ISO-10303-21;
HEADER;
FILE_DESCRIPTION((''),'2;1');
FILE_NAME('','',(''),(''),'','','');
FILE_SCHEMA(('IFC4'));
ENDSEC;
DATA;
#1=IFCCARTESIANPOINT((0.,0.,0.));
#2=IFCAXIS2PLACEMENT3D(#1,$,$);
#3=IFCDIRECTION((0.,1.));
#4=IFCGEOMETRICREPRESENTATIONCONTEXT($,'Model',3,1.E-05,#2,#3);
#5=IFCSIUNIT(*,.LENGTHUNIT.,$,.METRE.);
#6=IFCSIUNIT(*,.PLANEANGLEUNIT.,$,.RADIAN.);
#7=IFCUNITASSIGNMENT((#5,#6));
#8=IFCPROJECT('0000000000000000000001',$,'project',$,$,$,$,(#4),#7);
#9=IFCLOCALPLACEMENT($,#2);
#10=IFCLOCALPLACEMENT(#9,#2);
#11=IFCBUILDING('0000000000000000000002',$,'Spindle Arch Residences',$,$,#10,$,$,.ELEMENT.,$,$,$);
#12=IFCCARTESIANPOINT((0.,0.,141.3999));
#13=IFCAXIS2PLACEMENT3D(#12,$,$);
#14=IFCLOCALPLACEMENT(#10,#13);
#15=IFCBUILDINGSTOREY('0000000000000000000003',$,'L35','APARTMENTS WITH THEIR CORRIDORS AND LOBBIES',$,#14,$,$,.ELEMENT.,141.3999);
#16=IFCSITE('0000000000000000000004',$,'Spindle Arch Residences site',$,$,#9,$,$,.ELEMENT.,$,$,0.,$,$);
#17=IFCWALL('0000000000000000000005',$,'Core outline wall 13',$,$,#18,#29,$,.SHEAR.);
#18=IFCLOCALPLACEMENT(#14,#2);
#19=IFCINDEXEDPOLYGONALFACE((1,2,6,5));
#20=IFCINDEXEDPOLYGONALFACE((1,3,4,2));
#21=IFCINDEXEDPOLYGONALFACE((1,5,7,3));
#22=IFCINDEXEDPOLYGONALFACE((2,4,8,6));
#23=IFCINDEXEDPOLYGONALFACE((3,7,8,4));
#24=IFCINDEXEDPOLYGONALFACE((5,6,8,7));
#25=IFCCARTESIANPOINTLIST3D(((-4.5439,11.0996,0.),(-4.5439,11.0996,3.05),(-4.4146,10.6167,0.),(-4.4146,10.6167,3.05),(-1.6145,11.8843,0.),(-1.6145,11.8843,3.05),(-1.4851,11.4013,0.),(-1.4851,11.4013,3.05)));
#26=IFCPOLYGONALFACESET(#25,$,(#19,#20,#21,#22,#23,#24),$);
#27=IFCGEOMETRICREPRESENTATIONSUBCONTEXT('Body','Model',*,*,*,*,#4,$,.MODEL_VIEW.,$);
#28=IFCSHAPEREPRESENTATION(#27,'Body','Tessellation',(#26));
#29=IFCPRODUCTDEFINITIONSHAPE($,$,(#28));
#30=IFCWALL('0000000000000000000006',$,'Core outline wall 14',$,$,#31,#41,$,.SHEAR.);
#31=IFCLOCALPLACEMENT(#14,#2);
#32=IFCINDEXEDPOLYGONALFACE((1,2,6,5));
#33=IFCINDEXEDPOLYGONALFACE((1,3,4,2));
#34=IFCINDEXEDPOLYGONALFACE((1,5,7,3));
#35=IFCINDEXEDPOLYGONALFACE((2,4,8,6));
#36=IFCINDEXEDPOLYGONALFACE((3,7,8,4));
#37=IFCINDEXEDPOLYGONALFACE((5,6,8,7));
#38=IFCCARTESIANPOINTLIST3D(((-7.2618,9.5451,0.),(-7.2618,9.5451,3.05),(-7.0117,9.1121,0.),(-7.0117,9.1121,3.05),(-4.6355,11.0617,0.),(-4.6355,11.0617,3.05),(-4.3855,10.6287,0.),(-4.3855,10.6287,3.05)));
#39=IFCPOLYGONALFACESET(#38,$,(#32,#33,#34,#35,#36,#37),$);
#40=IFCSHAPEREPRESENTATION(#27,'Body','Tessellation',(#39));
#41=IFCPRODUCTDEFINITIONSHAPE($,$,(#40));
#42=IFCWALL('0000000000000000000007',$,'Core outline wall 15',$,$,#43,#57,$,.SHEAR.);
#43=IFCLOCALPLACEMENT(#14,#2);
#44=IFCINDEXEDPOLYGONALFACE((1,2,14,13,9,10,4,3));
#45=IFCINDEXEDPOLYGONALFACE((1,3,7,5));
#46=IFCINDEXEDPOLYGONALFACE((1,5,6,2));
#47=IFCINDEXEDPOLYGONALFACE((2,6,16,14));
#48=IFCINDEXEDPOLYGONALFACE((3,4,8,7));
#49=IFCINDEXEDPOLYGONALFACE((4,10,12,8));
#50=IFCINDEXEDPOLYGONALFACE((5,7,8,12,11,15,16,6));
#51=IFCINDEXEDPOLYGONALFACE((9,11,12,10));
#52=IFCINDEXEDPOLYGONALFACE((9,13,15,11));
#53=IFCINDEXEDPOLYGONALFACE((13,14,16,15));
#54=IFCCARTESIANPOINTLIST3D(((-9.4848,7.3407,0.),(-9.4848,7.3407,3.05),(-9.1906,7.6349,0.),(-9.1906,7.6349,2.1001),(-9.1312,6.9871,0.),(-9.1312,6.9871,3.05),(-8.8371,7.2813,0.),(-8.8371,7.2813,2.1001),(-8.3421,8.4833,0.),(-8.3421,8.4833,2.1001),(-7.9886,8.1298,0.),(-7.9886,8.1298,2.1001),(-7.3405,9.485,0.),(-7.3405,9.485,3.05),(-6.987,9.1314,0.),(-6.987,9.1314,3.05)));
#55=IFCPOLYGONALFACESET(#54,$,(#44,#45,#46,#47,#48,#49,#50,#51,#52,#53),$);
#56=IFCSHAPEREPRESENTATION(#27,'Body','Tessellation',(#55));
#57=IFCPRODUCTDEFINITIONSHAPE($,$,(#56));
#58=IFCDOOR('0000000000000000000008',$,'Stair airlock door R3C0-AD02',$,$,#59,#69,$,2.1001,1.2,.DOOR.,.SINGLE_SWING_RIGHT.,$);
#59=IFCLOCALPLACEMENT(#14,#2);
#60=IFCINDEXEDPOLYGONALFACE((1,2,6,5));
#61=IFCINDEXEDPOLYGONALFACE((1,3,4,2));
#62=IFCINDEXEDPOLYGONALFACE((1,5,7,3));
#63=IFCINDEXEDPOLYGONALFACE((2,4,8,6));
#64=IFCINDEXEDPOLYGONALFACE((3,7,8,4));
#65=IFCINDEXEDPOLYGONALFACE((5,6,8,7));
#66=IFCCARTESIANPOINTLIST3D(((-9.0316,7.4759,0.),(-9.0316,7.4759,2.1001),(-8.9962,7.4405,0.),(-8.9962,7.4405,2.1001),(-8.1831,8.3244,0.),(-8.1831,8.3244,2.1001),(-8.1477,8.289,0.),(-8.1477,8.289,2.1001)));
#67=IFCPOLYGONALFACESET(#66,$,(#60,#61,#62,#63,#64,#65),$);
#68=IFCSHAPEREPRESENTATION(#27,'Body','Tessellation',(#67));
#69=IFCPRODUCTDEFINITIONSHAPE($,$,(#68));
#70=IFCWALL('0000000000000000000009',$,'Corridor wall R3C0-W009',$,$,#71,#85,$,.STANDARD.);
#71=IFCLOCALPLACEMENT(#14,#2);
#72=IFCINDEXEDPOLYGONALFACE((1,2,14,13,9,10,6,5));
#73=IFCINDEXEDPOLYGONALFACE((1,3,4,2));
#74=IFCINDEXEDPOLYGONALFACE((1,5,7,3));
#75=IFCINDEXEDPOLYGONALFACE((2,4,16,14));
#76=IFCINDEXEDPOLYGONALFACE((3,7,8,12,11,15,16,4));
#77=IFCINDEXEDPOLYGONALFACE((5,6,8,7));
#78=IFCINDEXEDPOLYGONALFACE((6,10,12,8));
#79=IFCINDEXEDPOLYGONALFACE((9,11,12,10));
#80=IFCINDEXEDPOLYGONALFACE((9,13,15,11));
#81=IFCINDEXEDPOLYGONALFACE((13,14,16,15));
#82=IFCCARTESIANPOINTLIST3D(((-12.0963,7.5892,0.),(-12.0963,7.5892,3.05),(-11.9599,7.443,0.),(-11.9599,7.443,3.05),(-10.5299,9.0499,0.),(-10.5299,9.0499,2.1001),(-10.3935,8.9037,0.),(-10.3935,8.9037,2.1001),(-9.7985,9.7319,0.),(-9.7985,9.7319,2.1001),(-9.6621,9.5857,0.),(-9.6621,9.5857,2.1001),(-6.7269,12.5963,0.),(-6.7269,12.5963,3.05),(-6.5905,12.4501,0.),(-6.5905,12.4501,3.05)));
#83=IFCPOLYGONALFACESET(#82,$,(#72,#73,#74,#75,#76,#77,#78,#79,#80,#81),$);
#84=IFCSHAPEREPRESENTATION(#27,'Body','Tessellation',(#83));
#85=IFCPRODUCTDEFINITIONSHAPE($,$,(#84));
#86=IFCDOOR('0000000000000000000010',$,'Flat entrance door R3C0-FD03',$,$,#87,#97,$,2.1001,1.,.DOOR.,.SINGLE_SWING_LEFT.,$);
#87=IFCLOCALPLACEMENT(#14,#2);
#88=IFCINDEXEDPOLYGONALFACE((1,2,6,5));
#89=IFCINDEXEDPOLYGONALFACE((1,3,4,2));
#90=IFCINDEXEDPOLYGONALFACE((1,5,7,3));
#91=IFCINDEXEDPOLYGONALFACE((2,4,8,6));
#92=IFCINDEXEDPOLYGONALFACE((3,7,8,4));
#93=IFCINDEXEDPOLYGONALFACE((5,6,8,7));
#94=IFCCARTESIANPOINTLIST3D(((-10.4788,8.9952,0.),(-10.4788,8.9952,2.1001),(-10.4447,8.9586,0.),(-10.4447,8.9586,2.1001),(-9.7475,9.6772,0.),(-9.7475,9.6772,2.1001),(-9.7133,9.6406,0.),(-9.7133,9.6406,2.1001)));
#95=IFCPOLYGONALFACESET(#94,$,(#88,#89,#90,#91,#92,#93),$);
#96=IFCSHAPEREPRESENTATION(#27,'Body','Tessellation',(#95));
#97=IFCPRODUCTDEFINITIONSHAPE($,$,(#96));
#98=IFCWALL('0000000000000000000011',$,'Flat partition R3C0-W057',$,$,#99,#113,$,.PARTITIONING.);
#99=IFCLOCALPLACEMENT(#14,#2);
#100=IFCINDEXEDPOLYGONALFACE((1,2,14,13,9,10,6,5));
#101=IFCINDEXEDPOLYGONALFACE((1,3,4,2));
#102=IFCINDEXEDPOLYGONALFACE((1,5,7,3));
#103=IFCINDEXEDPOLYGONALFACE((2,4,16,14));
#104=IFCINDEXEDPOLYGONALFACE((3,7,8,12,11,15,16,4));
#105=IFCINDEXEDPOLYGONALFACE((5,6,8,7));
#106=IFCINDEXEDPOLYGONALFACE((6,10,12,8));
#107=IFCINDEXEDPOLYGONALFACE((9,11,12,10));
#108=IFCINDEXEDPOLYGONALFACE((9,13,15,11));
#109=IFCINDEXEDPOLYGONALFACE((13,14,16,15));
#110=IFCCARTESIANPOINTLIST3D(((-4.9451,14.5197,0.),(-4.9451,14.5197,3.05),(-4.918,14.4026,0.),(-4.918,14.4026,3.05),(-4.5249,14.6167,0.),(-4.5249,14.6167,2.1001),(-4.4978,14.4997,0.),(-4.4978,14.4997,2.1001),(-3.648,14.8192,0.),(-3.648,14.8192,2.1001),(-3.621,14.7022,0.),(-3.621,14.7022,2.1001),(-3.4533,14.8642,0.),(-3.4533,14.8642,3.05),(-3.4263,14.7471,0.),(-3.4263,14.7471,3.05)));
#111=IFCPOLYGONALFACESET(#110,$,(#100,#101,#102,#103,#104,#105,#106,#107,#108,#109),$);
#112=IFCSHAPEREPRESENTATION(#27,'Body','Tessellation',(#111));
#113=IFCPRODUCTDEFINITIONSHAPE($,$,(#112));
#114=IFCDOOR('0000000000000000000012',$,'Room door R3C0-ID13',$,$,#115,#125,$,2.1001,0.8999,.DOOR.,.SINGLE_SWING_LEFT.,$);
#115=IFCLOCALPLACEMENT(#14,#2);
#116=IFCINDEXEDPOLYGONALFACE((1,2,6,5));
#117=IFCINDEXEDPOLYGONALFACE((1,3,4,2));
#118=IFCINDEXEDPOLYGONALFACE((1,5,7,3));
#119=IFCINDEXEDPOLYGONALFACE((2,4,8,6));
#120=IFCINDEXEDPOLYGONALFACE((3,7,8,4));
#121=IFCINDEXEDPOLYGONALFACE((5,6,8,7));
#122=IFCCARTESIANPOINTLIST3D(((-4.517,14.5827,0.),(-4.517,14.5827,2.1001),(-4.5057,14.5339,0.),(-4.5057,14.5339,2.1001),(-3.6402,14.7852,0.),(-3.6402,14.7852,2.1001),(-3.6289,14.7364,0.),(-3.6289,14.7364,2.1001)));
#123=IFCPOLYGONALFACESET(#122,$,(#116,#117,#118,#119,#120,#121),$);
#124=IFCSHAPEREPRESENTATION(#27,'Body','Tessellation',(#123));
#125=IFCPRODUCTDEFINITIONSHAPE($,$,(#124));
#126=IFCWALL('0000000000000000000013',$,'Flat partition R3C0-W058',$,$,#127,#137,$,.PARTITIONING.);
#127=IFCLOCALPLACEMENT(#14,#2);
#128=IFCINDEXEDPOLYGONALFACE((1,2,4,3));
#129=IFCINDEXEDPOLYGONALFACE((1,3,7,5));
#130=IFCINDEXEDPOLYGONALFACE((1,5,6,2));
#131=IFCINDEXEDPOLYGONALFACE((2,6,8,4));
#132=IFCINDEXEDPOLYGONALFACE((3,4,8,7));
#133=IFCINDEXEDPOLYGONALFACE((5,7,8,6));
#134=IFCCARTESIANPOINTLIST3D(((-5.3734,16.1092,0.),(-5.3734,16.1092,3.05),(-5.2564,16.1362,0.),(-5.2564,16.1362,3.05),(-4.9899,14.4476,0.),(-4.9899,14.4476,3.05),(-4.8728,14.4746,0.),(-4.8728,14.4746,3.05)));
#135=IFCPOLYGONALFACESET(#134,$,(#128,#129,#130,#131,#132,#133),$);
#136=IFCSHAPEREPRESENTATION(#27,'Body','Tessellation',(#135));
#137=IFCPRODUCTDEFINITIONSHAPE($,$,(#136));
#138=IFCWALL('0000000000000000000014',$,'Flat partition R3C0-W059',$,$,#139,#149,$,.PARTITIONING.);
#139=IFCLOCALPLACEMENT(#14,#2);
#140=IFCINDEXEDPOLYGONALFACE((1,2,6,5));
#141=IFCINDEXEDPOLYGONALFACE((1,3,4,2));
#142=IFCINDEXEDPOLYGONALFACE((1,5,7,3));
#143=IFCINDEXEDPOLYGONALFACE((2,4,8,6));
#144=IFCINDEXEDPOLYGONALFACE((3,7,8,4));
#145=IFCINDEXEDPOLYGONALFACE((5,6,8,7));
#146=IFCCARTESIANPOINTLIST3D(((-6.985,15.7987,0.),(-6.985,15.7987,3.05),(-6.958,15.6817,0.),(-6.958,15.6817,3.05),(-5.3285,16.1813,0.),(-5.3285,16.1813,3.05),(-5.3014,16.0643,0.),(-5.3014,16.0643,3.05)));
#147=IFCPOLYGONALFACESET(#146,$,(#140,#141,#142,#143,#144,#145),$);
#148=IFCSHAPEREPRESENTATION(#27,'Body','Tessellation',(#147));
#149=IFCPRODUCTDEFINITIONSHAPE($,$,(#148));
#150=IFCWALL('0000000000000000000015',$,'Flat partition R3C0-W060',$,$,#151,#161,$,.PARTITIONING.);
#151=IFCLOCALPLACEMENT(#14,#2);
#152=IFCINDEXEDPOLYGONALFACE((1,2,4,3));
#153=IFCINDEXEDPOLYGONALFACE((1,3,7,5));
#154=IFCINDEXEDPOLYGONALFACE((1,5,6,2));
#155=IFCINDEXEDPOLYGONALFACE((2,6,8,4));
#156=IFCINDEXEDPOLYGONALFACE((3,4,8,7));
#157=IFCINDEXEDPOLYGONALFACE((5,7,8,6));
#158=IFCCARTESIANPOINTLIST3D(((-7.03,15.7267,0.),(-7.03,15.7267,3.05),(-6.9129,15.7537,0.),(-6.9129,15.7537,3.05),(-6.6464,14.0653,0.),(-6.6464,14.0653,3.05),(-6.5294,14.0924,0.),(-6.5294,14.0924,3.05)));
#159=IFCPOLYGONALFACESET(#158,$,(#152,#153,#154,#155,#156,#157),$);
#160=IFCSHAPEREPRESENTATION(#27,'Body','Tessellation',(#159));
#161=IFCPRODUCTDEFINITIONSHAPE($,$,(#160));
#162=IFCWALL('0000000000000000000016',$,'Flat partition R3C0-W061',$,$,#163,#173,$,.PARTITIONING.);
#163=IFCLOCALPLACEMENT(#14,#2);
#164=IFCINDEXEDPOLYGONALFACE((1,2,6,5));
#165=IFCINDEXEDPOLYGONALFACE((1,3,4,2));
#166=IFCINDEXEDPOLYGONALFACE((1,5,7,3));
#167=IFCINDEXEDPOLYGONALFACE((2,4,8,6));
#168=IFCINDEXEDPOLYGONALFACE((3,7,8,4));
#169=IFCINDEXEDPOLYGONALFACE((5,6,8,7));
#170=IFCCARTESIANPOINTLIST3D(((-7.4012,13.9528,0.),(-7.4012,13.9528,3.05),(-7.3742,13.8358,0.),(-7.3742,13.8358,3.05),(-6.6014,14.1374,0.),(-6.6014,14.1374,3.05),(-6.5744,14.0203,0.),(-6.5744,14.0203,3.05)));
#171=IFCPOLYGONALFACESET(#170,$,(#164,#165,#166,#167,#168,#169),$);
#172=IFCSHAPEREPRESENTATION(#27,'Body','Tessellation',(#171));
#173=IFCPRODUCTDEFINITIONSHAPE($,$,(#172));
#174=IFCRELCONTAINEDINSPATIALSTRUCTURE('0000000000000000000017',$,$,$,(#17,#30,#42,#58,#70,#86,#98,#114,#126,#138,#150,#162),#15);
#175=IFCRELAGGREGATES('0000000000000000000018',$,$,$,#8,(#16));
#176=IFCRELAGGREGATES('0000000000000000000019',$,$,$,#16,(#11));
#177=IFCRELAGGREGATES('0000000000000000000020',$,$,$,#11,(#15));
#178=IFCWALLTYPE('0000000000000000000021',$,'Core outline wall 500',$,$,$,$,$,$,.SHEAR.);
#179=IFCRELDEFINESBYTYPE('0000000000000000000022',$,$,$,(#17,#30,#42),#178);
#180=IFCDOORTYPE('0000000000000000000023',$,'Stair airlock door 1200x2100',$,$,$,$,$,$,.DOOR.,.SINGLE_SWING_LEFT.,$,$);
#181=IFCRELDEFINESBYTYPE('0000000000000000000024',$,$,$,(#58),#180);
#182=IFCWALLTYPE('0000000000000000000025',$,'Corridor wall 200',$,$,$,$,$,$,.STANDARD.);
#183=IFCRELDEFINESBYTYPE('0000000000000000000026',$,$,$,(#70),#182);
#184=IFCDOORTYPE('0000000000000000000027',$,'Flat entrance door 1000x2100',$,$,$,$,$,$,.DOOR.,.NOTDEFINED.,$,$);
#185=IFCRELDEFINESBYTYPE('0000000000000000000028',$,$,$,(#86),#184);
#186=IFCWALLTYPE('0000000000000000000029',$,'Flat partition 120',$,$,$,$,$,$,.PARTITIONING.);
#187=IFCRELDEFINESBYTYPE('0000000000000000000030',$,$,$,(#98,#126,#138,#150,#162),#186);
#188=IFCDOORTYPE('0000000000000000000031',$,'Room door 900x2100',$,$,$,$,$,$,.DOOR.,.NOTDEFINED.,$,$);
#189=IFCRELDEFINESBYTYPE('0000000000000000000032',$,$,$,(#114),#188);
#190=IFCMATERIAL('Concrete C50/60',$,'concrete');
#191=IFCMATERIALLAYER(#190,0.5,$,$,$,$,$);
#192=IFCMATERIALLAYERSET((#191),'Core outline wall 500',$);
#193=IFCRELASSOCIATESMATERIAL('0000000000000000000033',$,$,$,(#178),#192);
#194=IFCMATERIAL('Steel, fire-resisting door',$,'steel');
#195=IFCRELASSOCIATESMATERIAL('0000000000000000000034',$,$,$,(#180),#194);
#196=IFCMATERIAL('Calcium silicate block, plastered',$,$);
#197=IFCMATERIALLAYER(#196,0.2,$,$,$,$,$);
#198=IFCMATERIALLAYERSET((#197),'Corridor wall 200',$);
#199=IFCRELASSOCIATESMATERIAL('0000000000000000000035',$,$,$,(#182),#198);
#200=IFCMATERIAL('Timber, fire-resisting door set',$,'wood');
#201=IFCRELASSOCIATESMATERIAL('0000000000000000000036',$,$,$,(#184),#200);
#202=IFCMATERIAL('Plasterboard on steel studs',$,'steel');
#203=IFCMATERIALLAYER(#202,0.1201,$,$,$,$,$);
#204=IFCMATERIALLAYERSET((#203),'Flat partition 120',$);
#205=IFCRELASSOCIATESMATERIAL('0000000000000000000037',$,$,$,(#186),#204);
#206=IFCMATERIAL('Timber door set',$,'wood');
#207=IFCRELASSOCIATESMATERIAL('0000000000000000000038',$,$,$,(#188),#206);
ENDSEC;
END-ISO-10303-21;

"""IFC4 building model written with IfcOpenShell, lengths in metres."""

from ifc_helpers import new_model, si_unit, direction, frame, frame_2d, origin, place, context, subcontext, project, spatial, rectangle, extrude, material, layer, layer_set, type_object, element, fill, save


model = new_model("IFC4")

# Units and contexts
model_context = context("Model", 3, precision=1e-05, world=origin(), true_north=direction((0.0, 1.0)))
body_context = subcontext(model_context, "Body", "Model", "MODEL_VIEW")
ifc_project = project(units=[si_unit("LENGTHUNIT", "METRE"), si_unit("PLANEANGLEUNIT", "RADIAN")], contexts=[model_context])

# Site, building, storey
site_placement = place(None, origin())
site = spatial("IfcSite", under=ifc_project, at=site_placement, Name="Spindle Arch Residences site", CompositionType="ELEMENT", RefElevation=0.0)
building_placement = place(site_placement, origin())
building = spatial("IfcBuilding", under=site, at=building_placement, Name="Spindle Arch Residences", CompositionType="ELEMENT")
storey_placement = place(building_placement, frame((0.0, 0.0, 141.3999)))
storey = spatial("IfcBuildingStorey", under=building, at=storey_placement, Name="L35", Description="APARTMENTS WITH THEIR CORRIDORS AND LOBBIES", CompositionType="ELEMENT", Elevation=141.3999)

# Walls
ifc_material_1 = material(Name="Concrete C50/60", Category="concrete")
ifc_layer_1 = layer(ifc_material_1, 0.5)
ifc_layer_set_1 = layer_set([ifc_layer_1], Name="Core outline wall 500")
wall_type_1 = type_object("IfcWallType", Name="Core outline wall 500", PredefinedType="SHEAR", material=ifc_layer_set_1)
for number, where, z_axis, x_axis, name in (
    (1, (-1.5498, 11.6428, 0.0), (0.0, 0.0, 1.0), (-0.965948, -0.258735, 0.0), "Core outline wall 13"),
    (2, (-4.5105, 10.8452, 0.0), (0.0, 0.0, 1.0), (-0.865975, -0.500087, 0.0), "Core outline wall 14"),
):
    element("IfcWall", number, at=place(storey_placement, frame(where, z_axis=z_axis, x_axis=x_axis)), inside=storey, type_object=wall_type_1, Name=name, PredefinedType="SHEAR", context=body_context, shape_type="SweptSolid", body=[
        extrude(rectangle(XDim=3.0327, YDim=0.5, at=frame_2d((1.5164, 0.0))), origin(), (0.0, 0.0, 1.0), 3.05),
    ])

# Walls, openings, doors
wall_1_placement = place(storey_placement, frame((-7.1638, 9.3081, 0.0), z_axis=(0.0, 0.0, 1.0), x_axis=(-0.707107, -0.707107, 0.0)))
wall_1 = element("IfcWall", 3, at=wall_1_placement, inside=storey, type_object=wall_type_1, Name="Core outline wall 15", PredefinedType="SHEAR", context=body_context, shape_type="SweptSolid", body=[
    extrude(rectangle(XDim=3.0325, YDim=0.5, at=frame_2d((1.5161, 0.0))), origin(), (0.0, 0.0, 1.0), 3.05),
])
opening_1_placement = place(wall_1_placement, frame((1.4163, 0.0, 0.0)))
opening_1 = element("IfcOpeningElement", 4, at=opening_1_placement, cuts=wall_1, PredefinedType="OPENING", context=body_context, shape_type="SweptSolid", body=[
    extrude(rectangle(XDim=1.2, YDim=2.1001, at=frame_2d((0.6001, 1.05))), frame((0.0, 0.26, 0.0), z_axis=(0.0, -1.0, 0.0), x_axis=(1.0, 0.0, 0.0)), (0.0, 0.0, 1.0), 0.52),
])
ifc_material_2 = material(Name="Steel, fire-resisting door", Category="steel")
door_type_1 = type_object("IfcDoorType", Name="Stair airlock door 1200x2100", OperationType="SINGLE_SWING_LEFT", PredefinedType="DOOR", material=ifc_material_2)
door_1_placement = place(opening_1_placement, origin())
door_1 = element("IfcDoor", 5, at=door_1_placement, inside=storey, type_object=door_type_1, Name="Stair airlock door R3C0-AD02", OperationType="SINGLE_SWING_RIGHT", OverallHeight=2.1001, OverallWidth=1.2, PredefinedType="DOOR", context=body_context, shape_type="SweptSolid", body=[
    extrude(rectangle(XDim=1.2, YDim=2.1001, at=frame_2d((0.6001, 1.05))), frame((0.0, 0.0249, 0.0), z_axis=(0.0, -1.0, 0.0), x_axis=(1.0, 0.0, 0.0)), (0.0, 0.0, 1.0), 0.05),
])
fill(opening_1, door_1)
ifc_material_3 = material(Name="Calcium silicate block, plastered")
ifc_layer_2 = layer(ifc_material_3, 0.2)
ifc_layer_set_2 = layer_set([ifc_layer_2], Name="Corridor wall 200")
wall_type_2 = type_object("IfcWallType", Name="Corridor wall 200", PredefinedType="STANDARD", material=ifc_layer_set_2)
wall_2_placement = place(storey_placement, frame((-6.6587, 12.5232, 0.0), z_axis=(0.0, 0.0, 1.0), x_axis=(-0.73135, -0.682002, 0.0)))
wall_2 = element("IfcWall", 6, at=wall_2_placement, inside=storey, type_object=wall_type_2, Name="Corridor wall R3C0-W009", PredefinedType="STANDARD", context=body_context, shape_type="SweptSolid", body=[
    extrude(rectangle(XDim=7.3418, YDim=0.2, at=frame_2d((3.6709, 0.0))), origin(), (0.0, 0.0, 1.0), 3.05),
])
opening_2_placement = place(wall_2_placement, frame((4.2, 0.0, 0.0)))
opening_2 = element("IfcOpeningElement", 7, at=opening_2_placement, cuts=wall_2, PredefinedType="OPENING", context=body_context, shape_type="SweptSolid", body=[
    extrude(rectangle(XDim=1.0, YDim=2.1001, at=frame_2d((0.5, 1.05))), frame((0.0, 0.1099, 0.0), z_axis=(0.0, -1.0, 0.0), x_axis=(1.0, 0.0, 0.0)), (0.0, 0.0, 1.0), 0.22),
])
ifc_material_4 = material(Name="Timber, fire-resisting door set", Category="wood")
door_type_2 = type_object("IfcDoorType", Name="Flat entrance door 1000x2100", OperationType="NOTDEFINED", PredefinedType="DOOR", material=ifc_material_4)
door_2_placement = place(opening_2_placement, origin())
door_2 = element("IfcDoor", 8, at=door_2_placement, inside=storey, type_object=door_type_2, Name="Flat entrance door R3C0-FD03", OperationType="SINGLE_SWING_LEFT", OverallHeight=2.1001, OverallWidth=1.0, PredefinedType="DOOR", context=body_context, shape_type="SweptSolid", body=[
    extrude(rectangle(XDim=1.0, YDim=2.1001, at=frame_2d((0.5, 1.05))), frame((0.0, 0.0249, 0.0), z_axis=(0.0, -1.0, 0.0), x_axis=(1.0, 0.0, 0.0)), (0.0, 0.0, 1.0), 0.05),
])
fill(opening_2, door_2)
ifc_material_5 = material(Name="Plasterboard on steel studs", Category="steel")
ifc_layer_3 = layer(ifc_material_5, 0.1201)
ifc_layer_set_3 = layer_set([ifc_layer_3], Name="Flat partition 120")
wall_type_3 = type_object("IfcWallType", Name="Flat partition 120", PredefinedType="PARTITIONING", material=ifc_layer_set_3)
wall_3_placement = place(storey_placement, frame((-3.4397, 14.8057, 0.0), z_axis=(0.0, 0.0, 1.0), x_axis=(-0.974356, -0.225011, 0.0)))
wall_3 = element("IfcWall", 9, at=wall_3_placement, inside=storey, type_object=wall_type_3, Name="Flat partition R3C0-W057", PredefinedType="PARTITIONING", context=body_context, shape_type="SweptSolid", body=[
    extrude(rectangle(XDim=1.531, YDim=0.1201, at=frame_2d((0.7656, 0.0))), origin(), (0.0, 0.0, 1.0), 3.05),
])
opening_3_placement = place(wall_3_placement, frame((0.2, 0.0, 0.0)))
opening_3 = element("IfcOpeningElement", 10, at=opening_3_placement, cuts=wall_3, PredefinedType="OPENING", context=body_context, shape_type="SweptSolid", body=[
    extrude(rectangle(XDim=0.8999, YDim=2.1001, at=frame_2d((0.45, 1.05))), frame((0.0, 0.0701, 0.0), z_axis=(0.0, -1.0, 0.0), x_axis=(1.0, 0.0, 0.0)), (0.0, 0.0, 1.0), 0.1401),
])
ifc_material_6 = material(Name="Timber door set", Category="wood")
door_type_3 = type_object("IfcDoorType", Name="Room door 900x2100", OperationType="NOTDEFINED", PredefinedType="DOOR", material=ifc_material_6)
door_3_placement = place(opening_3_placement, origin())
door_3 = element("IfcDoor", 11, at=door_3_placement, inside=storey, type_object=door_type_3, Name="Room door R3C0-ID13", OperationType="SINGLE_SWING_LEFT", OverallHeight=2.1001, OverallWidth=0.8999, PredefinedType="DOOR", context=body_context, shape_type="SweptSolid", body=[
    extrude(rectangle(XDim=0.8999, YDim=2.1001, at=frame_2d((0.45, 1.05))), frame((0.0, 0.0249, 0.0), z_axis=(0.0, -1.0, 0.0), x_axis=(1.0, 0.0, 0.0)), (0.0, 0.0, 1.0), 0.05),
])
fill(opening_3, door_3)

# Walls
wall_4_placement = place(storey_placement, frame((-4.9314, 14.4612, 0.0), z_axis=(0.0, 0.0, 1.0), x_axis=(-0.224912, 0.974379, 0.0)))
element("IfcWall", 12, at=wall_4_placement, inside=storey, type_object=wall_type_3, Name="Flat partition R3C0-W058", PredefinedType="PARTITIONING", context=body_context, shape_type="SweptSolid", body=[
    extrude(rectangle(XDim=1.7053, YDim=0.1201, at=frame_2d((0.8525, 0.0))), origin(), (0.0, 0.0, 1.0), 3.05),
])
wall_5_placement = place(storey_placement, frame((-5.3149, 16.1228, 0.0), z_axis=(0.0, 0.0, 1.0), x_axis=(-0.974352, -0.225027, 0.0)))
element("IfcWall", 13, at=wall_5_placement, inside=storey, type_object=wall_type_3, Name="Flat partition R3C0-W059", PredefinedType="PARTITIONING", context=body_context, shape_type="SweptSolid", body=[
    extrude(rectangle(XDim=1.7002, YDim=0.1201, at=frame_2d((0.8501, 0.0))), origin(), (0.0, 0.0, 1.0), 3.05),
])
wall_6_placement = place(storey_placement, frame((-6.9714, 15.7402, 0.0), z_axis=(0.0, 0.0, 1.0), x_axis=(0.224943, -0.974372, 0.0)))
element("IfcWall", 14, at=wall_6_placement, inside=storey, type_object=wall_type_3, Name="Flat partition R3C0-W060", PredefinedType="PARTITIONING", context=body_context, shape_type="SweptSolid", body=[
    extrude(rectangle(XDim=1.7051, YDim=0.1201, at=frame_2d((0.8525, 0.0))), origin(), (0.0, 0.0, 1.0), 3.05),
])
wall_7_placement = place(storey_placement, frame((-6.5879, 14.0789, 0.0), z_axis=(0.0, 0.0, 1.0), x_axis=(-0.974391, -0.22486, 0.0)))
element("IfcWall", 15, at=wall_7_placement, inside=storey, type_object=wall_type_3, Name="Flat partition R3C0-W061", PredefinedType="PARTITIONING", context=body_context, shape_type="SweptSolid", body=[
    extrude(rectangle(XDim=0.8208, YDim=0.1201, at=frame_2d((0.4104, 0.0))), origin(), (0.0, 0.0, 1.0), 3.05),
])

save(model, "model.ifc")
